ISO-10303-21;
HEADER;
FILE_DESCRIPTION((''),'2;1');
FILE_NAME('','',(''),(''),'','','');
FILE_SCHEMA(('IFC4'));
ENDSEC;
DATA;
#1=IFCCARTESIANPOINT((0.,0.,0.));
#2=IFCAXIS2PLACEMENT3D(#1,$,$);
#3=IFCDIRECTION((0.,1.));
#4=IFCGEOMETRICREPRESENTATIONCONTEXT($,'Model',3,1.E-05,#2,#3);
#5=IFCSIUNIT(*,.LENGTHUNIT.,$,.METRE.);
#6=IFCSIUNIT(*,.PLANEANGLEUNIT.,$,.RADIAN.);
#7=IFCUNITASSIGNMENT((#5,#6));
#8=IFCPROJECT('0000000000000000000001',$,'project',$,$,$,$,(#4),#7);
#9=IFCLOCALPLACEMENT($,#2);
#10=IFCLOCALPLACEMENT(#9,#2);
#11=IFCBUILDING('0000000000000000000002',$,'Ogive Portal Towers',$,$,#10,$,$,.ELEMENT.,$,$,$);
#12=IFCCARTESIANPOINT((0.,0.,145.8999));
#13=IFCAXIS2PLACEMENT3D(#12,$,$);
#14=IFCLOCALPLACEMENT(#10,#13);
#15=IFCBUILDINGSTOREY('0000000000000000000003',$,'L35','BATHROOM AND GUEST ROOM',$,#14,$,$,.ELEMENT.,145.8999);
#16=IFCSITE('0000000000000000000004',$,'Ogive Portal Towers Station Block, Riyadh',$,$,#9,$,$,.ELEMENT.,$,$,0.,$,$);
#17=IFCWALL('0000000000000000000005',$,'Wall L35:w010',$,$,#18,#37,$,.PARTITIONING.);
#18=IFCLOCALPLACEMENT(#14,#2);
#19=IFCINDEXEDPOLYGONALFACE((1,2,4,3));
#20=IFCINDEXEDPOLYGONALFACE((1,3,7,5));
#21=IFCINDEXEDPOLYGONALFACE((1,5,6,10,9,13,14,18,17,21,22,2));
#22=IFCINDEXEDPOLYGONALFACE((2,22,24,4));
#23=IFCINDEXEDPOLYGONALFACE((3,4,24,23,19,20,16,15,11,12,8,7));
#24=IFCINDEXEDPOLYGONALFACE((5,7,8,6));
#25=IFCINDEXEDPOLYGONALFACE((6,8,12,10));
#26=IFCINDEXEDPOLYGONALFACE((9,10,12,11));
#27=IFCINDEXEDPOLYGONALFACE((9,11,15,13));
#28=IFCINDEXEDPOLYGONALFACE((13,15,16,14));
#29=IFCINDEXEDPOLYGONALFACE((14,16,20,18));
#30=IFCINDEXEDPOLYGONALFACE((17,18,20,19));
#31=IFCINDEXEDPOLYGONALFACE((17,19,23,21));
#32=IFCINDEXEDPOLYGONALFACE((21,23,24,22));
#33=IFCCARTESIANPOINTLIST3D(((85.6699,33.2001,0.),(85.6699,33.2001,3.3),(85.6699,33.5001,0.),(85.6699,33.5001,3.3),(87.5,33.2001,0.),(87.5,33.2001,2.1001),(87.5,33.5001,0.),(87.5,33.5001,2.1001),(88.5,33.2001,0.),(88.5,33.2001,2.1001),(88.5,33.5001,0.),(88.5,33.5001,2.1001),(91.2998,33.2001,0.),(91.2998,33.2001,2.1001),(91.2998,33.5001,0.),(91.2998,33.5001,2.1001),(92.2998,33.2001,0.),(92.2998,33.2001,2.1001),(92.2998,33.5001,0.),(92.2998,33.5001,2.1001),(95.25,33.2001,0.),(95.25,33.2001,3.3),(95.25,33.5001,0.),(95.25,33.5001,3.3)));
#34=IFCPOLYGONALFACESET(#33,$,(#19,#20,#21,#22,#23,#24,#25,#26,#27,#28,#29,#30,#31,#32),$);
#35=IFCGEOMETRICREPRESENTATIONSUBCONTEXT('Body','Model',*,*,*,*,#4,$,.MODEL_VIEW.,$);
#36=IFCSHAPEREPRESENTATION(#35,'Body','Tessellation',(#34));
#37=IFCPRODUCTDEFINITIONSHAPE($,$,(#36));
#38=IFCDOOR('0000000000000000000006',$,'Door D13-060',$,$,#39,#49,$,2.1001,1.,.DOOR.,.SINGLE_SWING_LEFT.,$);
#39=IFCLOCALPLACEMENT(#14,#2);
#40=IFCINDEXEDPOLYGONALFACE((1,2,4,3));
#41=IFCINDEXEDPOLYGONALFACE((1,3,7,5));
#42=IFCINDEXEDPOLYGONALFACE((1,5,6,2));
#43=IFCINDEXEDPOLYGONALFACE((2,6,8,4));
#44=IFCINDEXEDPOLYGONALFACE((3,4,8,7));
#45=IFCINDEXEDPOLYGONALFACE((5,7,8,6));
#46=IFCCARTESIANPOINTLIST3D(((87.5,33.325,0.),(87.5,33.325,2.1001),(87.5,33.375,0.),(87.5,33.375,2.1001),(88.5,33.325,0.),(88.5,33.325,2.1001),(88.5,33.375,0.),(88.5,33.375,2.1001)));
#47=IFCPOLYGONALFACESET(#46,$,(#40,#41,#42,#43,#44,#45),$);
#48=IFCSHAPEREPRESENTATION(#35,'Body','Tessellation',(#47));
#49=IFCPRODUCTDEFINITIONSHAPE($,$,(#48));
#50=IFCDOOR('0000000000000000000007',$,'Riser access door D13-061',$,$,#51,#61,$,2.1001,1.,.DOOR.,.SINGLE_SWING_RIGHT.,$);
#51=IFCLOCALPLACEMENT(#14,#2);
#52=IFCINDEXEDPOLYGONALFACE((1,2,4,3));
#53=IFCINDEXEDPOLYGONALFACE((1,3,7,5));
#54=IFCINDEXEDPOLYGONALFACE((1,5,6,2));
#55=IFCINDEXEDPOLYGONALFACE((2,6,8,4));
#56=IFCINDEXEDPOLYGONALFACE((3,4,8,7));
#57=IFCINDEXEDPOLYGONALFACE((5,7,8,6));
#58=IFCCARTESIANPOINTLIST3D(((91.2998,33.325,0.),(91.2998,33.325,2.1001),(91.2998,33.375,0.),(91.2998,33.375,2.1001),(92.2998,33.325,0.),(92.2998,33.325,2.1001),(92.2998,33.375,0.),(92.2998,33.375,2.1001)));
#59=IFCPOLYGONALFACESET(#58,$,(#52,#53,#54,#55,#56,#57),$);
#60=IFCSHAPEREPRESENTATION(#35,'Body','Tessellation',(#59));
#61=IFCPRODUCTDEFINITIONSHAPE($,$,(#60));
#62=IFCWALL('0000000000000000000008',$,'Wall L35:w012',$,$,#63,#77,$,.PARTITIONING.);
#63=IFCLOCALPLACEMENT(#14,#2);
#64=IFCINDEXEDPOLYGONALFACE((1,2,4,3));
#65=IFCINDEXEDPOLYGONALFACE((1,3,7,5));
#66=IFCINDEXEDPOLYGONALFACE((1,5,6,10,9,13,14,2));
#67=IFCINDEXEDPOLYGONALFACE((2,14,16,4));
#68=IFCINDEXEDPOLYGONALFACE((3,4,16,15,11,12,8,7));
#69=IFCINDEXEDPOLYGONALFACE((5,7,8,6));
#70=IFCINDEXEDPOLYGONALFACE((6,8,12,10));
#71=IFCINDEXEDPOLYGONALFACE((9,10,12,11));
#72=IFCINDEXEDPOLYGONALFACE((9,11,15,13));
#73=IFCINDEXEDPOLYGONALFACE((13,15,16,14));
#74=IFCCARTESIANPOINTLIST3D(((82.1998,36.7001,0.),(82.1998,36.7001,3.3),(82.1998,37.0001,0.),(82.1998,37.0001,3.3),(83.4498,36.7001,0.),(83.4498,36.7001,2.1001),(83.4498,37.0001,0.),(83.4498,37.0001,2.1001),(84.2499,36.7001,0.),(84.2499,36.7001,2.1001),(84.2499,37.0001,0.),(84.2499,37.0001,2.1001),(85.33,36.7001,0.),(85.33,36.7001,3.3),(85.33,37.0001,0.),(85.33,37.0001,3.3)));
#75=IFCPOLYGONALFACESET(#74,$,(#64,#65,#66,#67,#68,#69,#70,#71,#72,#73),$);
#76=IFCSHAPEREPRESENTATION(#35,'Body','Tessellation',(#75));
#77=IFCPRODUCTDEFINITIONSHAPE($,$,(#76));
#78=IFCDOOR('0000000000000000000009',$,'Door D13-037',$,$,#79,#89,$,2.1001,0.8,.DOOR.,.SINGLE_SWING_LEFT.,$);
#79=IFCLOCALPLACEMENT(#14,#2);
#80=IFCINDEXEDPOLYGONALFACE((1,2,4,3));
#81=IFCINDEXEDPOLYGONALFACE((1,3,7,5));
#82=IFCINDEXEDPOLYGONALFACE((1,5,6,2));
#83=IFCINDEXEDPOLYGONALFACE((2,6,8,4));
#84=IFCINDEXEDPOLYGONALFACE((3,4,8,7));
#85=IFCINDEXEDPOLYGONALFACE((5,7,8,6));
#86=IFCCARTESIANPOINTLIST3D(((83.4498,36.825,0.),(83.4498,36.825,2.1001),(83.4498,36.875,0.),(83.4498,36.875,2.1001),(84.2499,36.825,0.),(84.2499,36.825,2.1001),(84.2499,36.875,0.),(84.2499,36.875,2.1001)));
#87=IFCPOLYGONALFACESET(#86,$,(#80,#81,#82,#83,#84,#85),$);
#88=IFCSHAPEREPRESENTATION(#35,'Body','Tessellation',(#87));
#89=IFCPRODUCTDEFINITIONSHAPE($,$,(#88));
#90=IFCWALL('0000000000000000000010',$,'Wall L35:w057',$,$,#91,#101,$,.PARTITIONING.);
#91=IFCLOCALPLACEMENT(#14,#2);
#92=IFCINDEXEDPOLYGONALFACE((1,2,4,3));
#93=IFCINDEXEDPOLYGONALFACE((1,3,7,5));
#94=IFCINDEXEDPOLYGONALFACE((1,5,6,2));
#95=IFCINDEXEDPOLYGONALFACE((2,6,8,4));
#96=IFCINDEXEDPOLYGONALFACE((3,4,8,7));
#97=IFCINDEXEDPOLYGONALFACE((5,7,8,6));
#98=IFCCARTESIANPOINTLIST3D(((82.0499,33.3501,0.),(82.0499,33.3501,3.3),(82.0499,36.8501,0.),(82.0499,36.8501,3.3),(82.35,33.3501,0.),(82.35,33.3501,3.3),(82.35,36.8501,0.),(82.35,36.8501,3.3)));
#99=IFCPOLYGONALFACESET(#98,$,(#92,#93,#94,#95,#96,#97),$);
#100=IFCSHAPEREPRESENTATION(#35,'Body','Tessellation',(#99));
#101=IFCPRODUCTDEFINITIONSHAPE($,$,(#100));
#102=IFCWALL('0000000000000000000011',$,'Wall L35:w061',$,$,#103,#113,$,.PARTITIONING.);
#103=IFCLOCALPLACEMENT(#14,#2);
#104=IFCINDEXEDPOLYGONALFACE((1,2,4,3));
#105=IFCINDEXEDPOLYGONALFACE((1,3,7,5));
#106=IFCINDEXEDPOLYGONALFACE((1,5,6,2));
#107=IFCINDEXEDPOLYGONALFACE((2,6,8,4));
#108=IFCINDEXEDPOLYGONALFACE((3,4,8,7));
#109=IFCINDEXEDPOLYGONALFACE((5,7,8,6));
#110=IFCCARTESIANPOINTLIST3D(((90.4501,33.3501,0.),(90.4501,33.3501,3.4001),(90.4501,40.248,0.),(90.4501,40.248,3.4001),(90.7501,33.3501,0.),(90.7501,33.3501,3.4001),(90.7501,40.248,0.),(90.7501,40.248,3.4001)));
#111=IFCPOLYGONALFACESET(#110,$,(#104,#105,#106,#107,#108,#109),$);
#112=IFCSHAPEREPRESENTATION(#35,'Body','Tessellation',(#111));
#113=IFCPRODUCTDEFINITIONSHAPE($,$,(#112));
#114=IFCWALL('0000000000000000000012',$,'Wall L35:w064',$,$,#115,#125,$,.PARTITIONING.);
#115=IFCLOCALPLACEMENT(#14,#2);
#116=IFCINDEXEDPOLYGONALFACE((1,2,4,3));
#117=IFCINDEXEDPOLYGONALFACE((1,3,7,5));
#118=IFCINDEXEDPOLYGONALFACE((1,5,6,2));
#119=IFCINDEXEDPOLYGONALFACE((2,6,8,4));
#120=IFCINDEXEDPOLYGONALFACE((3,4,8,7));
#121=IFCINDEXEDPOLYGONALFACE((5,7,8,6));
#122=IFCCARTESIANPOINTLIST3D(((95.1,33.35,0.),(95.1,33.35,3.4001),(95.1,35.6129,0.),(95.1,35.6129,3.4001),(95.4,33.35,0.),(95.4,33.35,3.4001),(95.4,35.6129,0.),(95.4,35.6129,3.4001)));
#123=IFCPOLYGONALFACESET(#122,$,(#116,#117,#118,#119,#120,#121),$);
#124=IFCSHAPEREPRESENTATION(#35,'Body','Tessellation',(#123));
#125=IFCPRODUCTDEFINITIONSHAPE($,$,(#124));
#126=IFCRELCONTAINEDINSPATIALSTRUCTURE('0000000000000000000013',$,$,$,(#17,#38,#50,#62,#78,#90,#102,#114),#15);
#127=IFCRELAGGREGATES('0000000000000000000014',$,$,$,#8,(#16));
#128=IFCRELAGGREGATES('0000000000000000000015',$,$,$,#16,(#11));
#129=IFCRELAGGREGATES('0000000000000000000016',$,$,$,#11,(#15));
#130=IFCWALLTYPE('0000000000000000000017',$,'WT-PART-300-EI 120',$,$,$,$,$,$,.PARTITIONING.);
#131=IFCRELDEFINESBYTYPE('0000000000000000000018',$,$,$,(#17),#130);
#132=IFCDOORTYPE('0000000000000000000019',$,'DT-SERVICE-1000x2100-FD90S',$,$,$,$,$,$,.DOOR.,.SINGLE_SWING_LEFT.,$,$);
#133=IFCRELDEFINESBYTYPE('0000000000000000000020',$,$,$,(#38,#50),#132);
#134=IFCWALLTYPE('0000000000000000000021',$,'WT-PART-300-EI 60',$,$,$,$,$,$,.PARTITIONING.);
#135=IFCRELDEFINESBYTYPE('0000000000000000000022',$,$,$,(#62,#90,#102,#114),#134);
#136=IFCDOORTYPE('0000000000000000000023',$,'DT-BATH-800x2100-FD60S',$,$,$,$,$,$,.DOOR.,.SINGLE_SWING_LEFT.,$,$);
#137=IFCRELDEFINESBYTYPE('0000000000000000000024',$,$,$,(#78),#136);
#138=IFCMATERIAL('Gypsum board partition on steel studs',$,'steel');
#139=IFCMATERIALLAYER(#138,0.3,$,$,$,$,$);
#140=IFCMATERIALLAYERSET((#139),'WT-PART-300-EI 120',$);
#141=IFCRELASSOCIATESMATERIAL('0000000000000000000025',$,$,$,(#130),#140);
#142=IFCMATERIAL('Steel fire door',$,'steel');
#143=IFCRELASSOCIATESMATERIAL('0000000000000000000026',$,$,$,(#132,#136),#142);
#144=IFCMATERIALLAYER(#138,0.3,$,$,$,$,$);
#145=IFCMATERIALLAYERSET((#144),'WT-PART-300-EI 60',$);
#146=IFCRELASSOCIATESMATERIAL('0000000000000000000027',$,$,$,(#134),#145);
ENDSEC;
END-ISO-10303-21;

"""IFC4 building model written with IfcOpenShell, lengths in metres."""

from ifc_helpers import new_model, si_unit, direction, frame, frame_2d, origin, place, context, subcontext, project, spatial, rectangle, extrude, material, layer, layer_set, type_object, element, fill, save


model = new_model("IFC4")

# Units and contexts
model_context = context("Model", 3, precision=1e-05, world=origin(), true_north=direction((0.0, 1.0)))
body_context = subcontext(model_context, "Body", "Model", "MODEL_VIEW")
ifc_project = project(units=[si_unit("LENGTHUNIT", "METRE"), si_unit("PLANEANGLEUNIT", "RADIAN")], contexts=[model_context])

# Site, building, storey
site_placement = place(None, origin())
site = spatial("IfcSite", under=ifc_project, at=site_placement, Name="Ogive Portal Towers Station Block, Riyadh", CompositionType="ELEMENT", RefElevation=0.0)
building_placement = place(site_placement, origin())
building = spatial("IfcBuilding", under=site, at=building_placement, Name="Ogive Portal Towers", CompositionType="ELEMENT")
storey_placement = place(building_placement, frame((0.0, 0.0, 145.8999)))
storey = spatial("IfcBuildingStorey", under=building, at=storey_placement, Name="L35", Description="BATHROOM AND GUEST ROOM", CompositionType="ELEMENT", Elevation=145.8999)

# Wall, openings, doors
ifc_material_1 = material(Name="Gypsum board partition on steel studs", Category="steel")
ifc_layer_1 = layer(ifc_material_1, 0.3)
ifc_layer_set_1 = layer_set([ifc_layer_1], Name="WT-PART-300-EI 120")
wall_type_1 = type_object("IfcWallType", Name="WT-PART-300-EI 120", PredefinedType="PARTITIONING", material=ifc_layer_set_1)
wall_1_placement = place(storey_placement, frame((85.6699, 33.3501, 0.0), z_axis=(0.0, 0.0, 1.0), x_axis=(1.0, 0.0, 0.0)))
wall_1 = element("IfcWall", 1, at=wall_1_placement, inside=storey, type_object=wall_type_1, Name="Wall L35:w010", PredefinedType="PARTITIONING", context=body_context, shape_type="SweptSolid", body=[
    extrude(rectangle(XDim=9.5801, YDim=0.3, at=frame_2d((4.79, 0.0))), origin(), (0.0, 0.0, 1.0), 3.3),
])
opening_1_placement = place(wall_1_placement, frame((1.8301, 0.0, 0.0)))
opening_1 = element("IfcOpeningElement", 2, at=opening_1_placement, cuts=wall_1, PredefinedType="OPENING", context=body_context, shape_type="SweptSolid", body=[
    extrude(rectangle(XDim=1.0, YDim=2.1001, at=frame_2d((0.5, 1.05))), frame((0.0, 0.1602, 0.0), z_axis=(0.0, -1.0, 0.0), x_axis=(1.0, 0.0, 0.0)), (0.0, 0.0, 1.0), 0.3201),
])
opening_2_placement = place(wall_1_placement, frame((5.6299, 0.0, 0.0)))
opening_2 = element("IfcOpeningElement", 3, at=opening_2_placement, cuts=wall_1, PredefinedType="OPENING", context=body_context, shape_type="SweptSolid", body=[
    extrude(rectangle(XDim=1.0, YDim=2.1001, at=frame_2d((0.5, 1.05))), frame((0.0, 0.1602, 0.0), z_axis=(0.0, -1.0, 0.0), x_axis=(1.0, 0.0, 0.0)), (0.0, 0.0, 1.0), 0.3201),
])
ifc_material_2 = material(Name="Steel fire door", Category="steel")
door_type_1 = type_object("IfcDoorType", Name="DT-SERVICE-1000x2100-FD90S", OperationType="SINGLE_SWING_LEFT", PredefinedType="DOOR", material=ifc_material_2)
door_1_placement = place(opening_1_placement, origin())
door_1 = element("IfcDoor", 4, at=door_1_placement, inside=storey, type_object=door_type_1, Name="Door D13-060", OperationType="SINGLE_SWING_LEFT", OverallHeight=2.1001, OverallWidth=1.0, PredefinedType="DOOR", context=body_context, shape_type="SweptSolid", body=[
    extrude(rectangle(XDim=1.0, YDim=2.1001, at=frame_2d((0.5, 1.05))), frame((0.0, 0.0249, 0.0), z_axis=(0.0, -1.0, 0.0), x_axis=(1.0, 0.0, 0.0)), (0.0, 0.0, 1.0), 0.05),
])
fill(opening_1, door_1)
door_2_placement = place(opening_2_placement, origin())
door_2 = element("IfcDoor", 5, at=door_2_placement, inside=storey, type_object=door_type_1, Name="Riser access door D13-061", OperationType="SINGLE_SWING_RIGHT", OverallHeight=2.1001, OverallWidth=1.0, PredefinedType="DOOR", context=body_context, shape_type="SweptSolid", body=[
    extrude(rectangle(XDim=1.0, YDim=2.1001, at=frame_2d((0.5, 1.05))), frame((0.0, 0.0249, 0.0), z_axis=(0.0, -1.0, 0.0), x_axis=(1.0, 0.0, 0.0)), (0.0, 0.0, 1.0), 0.05),
])
fill(opening_2, door_2)

# Wall, opening, door
ifc_layer_2 = layer(ifc_material_1, 0.3)
ifc_layer_set_2 = layer_set([ifc_layer_2], Name="WT-PART-300-EI 60")
wall_type_2 = type_object("IfcWallType", Name="WT-PART-300-EI 60", PredefinedType="PARTITIONING", material=ifc_layer_set_2)
wall_2_placement = place(storey_placement, frame((82.2, 36.8501, 0.0), z_axis=(0.0, 0.0, 1.0), x_axis=(1.0, 0.0, 0.0)))
wall_2 = element("IfcWall", 6, at=wall_2_placement, inside=storey, type_object=wall_type_2, Name="Wall L35:w012", PredefinedType="PARTITIONING", context=body_context, shape_type="SweptSolid", body=[
    extrude(rectangle(XDim=3.1301, YDim=0.3, at=frame_2d((1.5649, 0.0))), origin(), (0.0, 0.0, 1.0), 3.3),
])
opening_3_placement = place(wall_2_placement, frame((1.25, 0.0, 0.0)))
opening_3 = element("IfcOpeningElement", 7, at=opening_3_placement, cuts=wall_2, PredefinedType="OPENING", context=body_context, shape_type="SweptSolid", body=[
    extrude(rectangle(XDim=0.8, YDim=2.1001, at=frame_2d((0.3999, 1.05))), frame((0.0, 0.1602, 0.0), z_axis=(0.0, -1.0, 0.0), x_axis=(1.0, 0.0, 0.0)), (0.0, 0.0, 1.0), 0.3201),
])
door_type_2 = type_object("IfcDoorType", Name="DT-BATH-800x2100-FD60S", OperationType="SINGLE_SWING_LEFT", PredefinedType="DOOR", material=ifc_material_2)
door_3_placement = place(opening_3_placement, origin())
door_3 = element("IfcDoor", 8, at=door_3_placement, inside=storey, type_object=door_type_2, Name="Door D13-037", OperationType="SINGLE_SWING_LEFT", OverallHeight=2.1001, OverallWidth=0.8, PredefinedType="DOOR", context=body_context, shape_type="SweptSolid", body=[
    extrude(rectangle(XDim=0.8, YDim=2.1001, at=frame_2d((0.3999, 1.05))), frame((0.0, 0.0249, 0.0), z_axis=(0.0, -1.0, 0.0), x_axis=(1.0, 0.0, 0.0)), (0.0, 0.0, 1.0), 0.05),
])
fill(opening_3, door_3)

# Walls
wall_3_placement = place(storey_placement, frame((82.2, 33.3501, 0.0), z_axis=(0.0, 0.0, 1.0), x_axis=(0.0, 1.0, 0.0)))
element("IfcWall", 9, at=wall_3_placement, inside=storey, type_object=wall_type_2, Name="Wall L35:w057", PredefinedType="PARTITIONING", context=body_context, shape_type="SweptSolid", body=[
    extrude(rectangle(XDim=3.5, YDim=0.3, at=frame_2d((1.75, 0.0))), origin(), (0.0, 0.0, 1.0), 3.3),
])
wall_4_placement = place(storey_placement, frame((90.6001, 33.3501, 0.0), z_axis=(0.0, 0.0, 1.0), x_axis=(0.0, 1.0, 0.0)))
element("IfcWall", 10, at=wall_4_placement, inside=storey, type_object=wall_type_2, Name="Wall L35:w061", PredefinedType="PARTITIONING", context=body_context, shape_type="SweptSolid", body=[
    extrude(rectangle(XDim=6.8979, YDim=0.3, at=frame_2d((3.449, 0.0))), origin(), (0.0, 0.0, 1.0), 3.4001),
])
wall_5_placement = place(storey_placement, frame((95.25, 33.3501, 0.0), z_axis=(0.0, 0.0, 1.0), x_axis=(0.0, 1.0, 0.0)))
element("IfcWall", 11, at=wall_5_placement, inside=storey, type_object=wall_type_2, Name="Wall L35:w064", PredefinedType="PARTITIONING", context=body_context, shape_type="SweptSolid", body=[
    extrude(rectangle(XDim=2.2629, YDim=0.3, at=frame_2d((1.1313, 0.0))), origin(), (0.0, 0.0, 1.0), 3.4001),
])

save(model, "model.ifc")
